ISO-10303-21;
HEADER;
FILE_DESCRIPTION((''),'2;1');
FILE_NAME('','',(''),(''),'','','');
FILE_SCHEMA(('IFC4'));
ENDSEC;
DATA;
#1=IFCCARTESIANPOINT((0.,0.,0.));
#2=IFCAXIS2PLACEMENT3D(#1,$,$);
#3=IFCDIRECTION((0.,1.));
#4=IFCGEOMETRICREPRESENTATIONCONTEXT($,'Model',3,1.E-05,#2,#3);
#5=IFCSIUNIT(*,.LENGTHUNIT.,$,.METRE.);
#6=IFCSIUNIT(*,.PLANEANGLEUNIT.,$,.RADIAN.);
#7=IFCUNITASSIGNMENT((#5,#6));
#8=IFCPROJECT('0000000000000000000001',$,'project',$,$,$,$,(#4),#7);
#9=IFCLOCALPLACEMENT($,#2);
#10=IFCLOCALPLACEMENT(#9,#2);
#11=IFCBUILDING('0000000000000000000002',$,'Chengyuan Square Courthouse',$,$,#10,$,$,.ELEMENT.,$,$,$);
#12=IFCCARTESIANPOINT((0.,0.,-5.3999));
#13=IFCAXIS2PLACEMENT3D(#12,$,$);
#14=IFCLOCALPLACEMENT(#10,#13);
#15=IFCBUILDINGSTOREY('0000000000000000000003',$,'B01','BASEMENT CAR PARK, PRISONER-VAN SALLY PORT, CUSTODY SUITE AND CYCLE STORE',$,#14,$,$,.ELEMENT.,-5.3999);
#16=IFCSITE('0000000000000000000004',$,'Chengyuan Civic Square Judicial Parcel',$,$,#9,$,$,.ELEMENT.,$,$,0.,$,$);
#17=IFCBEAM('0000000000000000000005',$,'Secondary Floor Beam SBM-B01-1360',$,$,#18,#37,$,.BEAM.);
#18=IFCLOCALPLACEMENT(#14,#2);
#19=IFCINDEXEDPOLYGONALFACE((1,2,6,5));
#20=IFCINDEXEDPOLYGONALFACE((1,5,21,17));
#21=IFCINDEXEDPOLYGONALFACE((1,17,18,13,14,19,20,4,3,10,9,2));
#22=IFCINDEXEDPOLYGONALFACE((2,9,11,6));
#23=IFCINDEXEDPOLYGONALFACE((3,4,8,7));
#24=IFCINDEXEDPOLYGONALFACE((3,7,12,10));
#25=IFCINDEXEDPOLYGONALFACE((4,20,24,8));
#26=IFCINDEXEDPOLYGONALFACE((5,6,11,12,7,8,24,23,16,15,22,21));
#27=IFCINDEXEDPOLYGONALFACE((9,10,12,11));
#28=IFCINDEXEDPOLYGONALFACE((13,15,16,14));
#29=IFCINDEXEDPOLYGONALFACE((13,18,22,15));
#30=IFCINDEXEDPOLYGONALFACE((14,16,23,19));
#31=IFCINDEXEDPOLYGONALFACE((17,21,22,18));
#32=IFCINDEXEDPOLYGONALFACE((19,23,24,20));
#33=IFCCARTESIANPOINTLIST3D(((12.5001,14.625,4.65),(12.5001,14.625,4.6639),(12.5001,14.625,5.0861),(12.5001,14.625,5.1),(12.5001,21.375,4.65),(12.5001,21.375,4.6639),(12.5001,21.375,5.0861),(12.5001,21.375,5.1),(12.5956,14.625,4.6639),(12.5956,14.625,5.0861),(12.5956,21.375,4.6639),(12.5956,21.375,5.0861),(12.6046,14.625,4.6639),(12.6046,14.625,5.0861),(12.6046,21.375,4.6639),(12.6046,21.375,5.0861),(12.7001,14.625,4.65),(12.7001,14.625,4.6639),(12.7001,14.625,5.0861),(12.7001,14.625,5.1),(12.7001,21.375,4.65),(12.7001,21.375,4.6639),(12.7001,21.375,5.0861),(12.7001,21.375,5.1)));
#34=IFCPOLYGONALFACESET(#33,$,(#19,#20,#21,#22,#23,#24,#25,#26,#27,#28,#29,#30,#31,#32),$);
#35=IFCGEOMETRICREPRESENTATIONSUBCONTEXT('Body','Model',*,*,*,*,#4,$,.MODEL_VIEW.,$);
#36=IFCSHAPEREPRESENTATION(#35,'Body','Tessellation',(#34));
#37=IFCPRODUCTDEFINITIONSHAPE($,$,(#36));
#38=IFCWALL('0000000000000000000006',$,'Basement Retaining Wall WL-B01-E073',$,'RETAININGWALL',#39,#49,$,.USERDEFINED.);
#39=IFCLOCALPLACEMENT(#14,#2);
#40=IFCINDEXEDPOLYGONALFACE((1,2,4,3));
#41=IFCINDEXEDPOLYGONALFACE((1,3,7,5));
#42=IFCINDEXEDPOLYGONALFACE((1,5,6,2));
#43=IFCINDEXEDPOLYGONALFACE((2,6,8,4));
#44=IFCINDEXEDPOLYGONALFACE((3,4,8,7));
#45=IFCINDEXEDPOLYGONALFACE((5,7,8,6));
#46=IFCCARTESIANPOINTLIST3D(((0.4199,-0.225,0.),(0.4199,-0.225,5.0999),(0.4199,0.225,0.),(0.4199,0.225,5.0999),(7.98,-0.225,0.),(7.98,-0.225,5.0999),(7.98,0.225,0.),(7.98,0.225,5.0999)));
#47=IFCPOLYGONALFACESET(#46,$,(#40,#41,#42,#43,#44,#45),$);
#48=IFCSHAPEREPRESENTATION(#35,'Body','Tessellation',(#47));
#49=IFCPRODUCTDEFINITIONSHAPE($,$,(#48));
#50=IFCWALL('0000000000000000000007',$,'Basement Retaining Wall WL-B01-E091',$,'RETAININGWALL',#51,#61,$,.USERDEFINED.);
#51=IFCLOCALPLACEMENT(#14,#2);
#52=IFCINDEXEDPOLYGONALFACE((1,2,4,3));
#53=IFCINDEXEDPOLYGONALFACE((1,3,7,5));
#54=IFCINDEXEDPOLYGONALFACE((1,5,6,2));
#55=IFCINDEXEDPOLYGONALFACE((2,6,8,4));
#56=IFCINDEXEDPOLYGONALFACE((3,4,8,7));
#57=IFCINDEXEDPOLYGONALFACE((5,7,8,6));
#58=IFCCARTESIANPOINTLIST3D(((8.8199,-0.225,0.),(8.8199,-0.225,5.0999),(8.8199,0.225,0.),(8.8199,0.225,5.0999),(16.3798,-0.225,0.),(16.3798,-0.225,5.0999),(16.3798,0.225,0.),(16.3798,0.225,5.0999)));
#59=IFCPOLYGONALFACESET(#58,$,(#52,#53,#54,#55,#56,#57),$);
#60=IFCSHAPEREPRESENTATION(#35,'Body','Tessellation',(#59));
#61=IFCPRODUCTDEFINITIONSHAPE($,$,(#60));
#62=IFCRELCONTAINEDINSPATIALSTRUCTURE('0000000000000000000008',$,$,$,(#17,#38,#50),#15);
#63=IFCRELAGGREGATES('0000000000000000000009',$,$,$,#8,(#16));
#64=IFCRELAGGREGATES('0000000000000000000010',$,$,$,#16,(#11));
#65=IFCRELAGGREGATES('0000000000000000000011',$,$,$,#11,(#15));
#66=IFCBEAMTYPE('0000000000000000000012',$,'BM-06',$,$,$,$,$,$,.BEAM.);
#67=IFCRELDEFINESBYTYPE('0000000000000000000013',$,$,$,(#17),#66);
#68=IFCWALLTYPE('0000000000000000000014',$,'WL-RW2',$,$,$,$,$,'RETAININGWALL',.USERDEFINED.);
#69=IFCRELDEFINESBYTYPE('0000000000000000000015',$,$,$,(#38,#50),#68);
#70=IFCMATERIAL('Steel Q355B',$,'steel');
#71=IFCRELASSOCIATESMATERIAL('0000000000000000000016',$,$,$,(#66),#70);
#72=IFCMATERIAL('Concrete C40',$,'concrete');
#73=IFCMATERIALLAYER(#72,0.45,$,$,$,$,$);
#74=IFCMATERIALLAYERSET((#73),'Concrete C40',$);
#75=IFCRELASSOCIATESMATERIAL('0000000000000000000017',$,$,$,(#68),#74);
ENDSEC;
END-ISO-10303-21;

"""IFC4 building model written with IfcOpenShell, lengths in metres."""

from ifc_helpers import new_model, si_unit, direction, frame, frame_2d, origin, origin_2d, place, context, subcontext, project, spatial, rectangle, i_section, extrude, material, layer, layer_set, material_profile, profile_set, type_object, element, save


model = new_model("IFC4")

# Units and contexts
model_context = context("Model", 3, precision=1e-05, world=origin(), true_north=direction((0.0, 1.0)))
body_context = subcontext(model_context, "Body", "Model", "MODEL_VIEW")
ifc_project = project(units=[si_unit("LENGTHUNIT", "METRE"), si_unit("PLANEANGLEUNIT", "RADIAN")], contexts=[model_context])

# Site, building, storey
site_placement = place(None, origin())
site = spatial("IfcSite", under=ifc_project, at=site_placement, Name="Chengyuan Civic Square Judicial Parcel", CompositionType="ELEMENT", RefElevation=0.0)
building_placement = place(site_placement, origin())
building = spatial("IfcBuilding", under=site, at=building_placement, Name="Chengyuan Square Courthouse", CompositionType="ELEMENT")
storey_placement = place(building_placement, frame((0.0, 0.0, -5.3999)))
storey = spatial("IfcBuildingStorey", under=building, at=storey_placement, Name="B01", Description="BASEMENT CAR PARK, PRISONER-VAN SALLY PORT, CUSTODY SUITE AND CYCLE STORE", CompositionType="ELEMENT", Elevation=-5.3999)

# Beam
ifc_material_1 = material(Name="Concrete C40", Category="concrete")
ifc_material_2 = material(Name="Steel Q355B", Category="steel")
ifc_material_profile_1 = material_profile(ifc_material_2, i_section(OverallWidth=0.2, OverallDepth=0.45, WebThickness=0.009, FlangeThickness=0.0139, at=origin_2d()), Name="HN 450x200x9x14")
ifc_profile_set_1 = profile_set([ifc_material_profile_1], Name="Steel Q355B")
beam_type_1 = type_object("IfcBeamType", Name="BM-06", PredefinedType="BEAM", material=ifc_profile_set_1)
beam_1_placement = place(storey_placement, frame((12.6001, 14.625, 4.875), z_axis=(0.0, 1.0, 0.0), x_axis=(-1.0, 0.0, 0.0)))
element("IfcBeam", 1, at=beam_1_placement, inside=storey, type_object=beam_type_1, Name="Secondary Floor Beam SBM-B01-1360", PredefinedType="BEAM", context=body_context, shape_type="SweptSolid", body=[
    extrude(i_section(OverallWidth=0.2, OverallDepth=0.45, WebThickness=0.009, FlangeThickness=0.0139, at=origin_2d()), origin(), (0.0, 0.0, 1.0), 6.75),
])

# Walls
ifc_layer = layer(ifc_material_1, 0.45)
ifc_layer_set = layer_set([ifc_layer], Name="Concrete C40")
wall_type = type_object("IfcWallType", Name="WL-RW2", ElementType="RETAININGWALL", PredefinedType="USERDEFINED", material=ifc_layer_set)
wall_1_placement = place(storey_placement, frame((0.4199, 0.0, 0.0), z_axis=(0.0, 0.0, 1.0), x_axis=(1.0, 0.0, 0.0)))
element("IfcWall", 2, at=wall_1_placement, inside=storey, type_object=wall_type, Name="Basement Retaining Wall WL-B01-E073", ObjectType="RETAININGWALL", PredefinedType="USERDEFINED", context=body_context, shape_type="SweptSolid", body=[
    extrude(rectangle(XDim=7.5601, YDim=0.45, at=frame_2d((3.78, 0.0))), origin(), (0.0, 0.0, 1.0), 5.0999),
])
wall_2_placement = place(storey_placement, frame((8.8201, 0.0, 0.0), z_axis=(0.0, 0.0, 1.0), x_axis=(1.0, 0.0, 0.0)))
element("IfcWall", 3, at=wall_2_placement, inside=storey, type_object=wall_type, Name="Basement Retaining Wall WL-B01-E091", ObjectType="RETAININGWALL", PredefinedType="USERDEFINED", context=body_context, shape_type="SweptSolid", body=[
    extrude(rectangle(XDim=7.5598, YDim=0.45, at=frame_2d((3.7798, 0.0))), origin(), (0.0, 0.0, 1.0), 5.0999),
])

save(model, "model.ifc")
